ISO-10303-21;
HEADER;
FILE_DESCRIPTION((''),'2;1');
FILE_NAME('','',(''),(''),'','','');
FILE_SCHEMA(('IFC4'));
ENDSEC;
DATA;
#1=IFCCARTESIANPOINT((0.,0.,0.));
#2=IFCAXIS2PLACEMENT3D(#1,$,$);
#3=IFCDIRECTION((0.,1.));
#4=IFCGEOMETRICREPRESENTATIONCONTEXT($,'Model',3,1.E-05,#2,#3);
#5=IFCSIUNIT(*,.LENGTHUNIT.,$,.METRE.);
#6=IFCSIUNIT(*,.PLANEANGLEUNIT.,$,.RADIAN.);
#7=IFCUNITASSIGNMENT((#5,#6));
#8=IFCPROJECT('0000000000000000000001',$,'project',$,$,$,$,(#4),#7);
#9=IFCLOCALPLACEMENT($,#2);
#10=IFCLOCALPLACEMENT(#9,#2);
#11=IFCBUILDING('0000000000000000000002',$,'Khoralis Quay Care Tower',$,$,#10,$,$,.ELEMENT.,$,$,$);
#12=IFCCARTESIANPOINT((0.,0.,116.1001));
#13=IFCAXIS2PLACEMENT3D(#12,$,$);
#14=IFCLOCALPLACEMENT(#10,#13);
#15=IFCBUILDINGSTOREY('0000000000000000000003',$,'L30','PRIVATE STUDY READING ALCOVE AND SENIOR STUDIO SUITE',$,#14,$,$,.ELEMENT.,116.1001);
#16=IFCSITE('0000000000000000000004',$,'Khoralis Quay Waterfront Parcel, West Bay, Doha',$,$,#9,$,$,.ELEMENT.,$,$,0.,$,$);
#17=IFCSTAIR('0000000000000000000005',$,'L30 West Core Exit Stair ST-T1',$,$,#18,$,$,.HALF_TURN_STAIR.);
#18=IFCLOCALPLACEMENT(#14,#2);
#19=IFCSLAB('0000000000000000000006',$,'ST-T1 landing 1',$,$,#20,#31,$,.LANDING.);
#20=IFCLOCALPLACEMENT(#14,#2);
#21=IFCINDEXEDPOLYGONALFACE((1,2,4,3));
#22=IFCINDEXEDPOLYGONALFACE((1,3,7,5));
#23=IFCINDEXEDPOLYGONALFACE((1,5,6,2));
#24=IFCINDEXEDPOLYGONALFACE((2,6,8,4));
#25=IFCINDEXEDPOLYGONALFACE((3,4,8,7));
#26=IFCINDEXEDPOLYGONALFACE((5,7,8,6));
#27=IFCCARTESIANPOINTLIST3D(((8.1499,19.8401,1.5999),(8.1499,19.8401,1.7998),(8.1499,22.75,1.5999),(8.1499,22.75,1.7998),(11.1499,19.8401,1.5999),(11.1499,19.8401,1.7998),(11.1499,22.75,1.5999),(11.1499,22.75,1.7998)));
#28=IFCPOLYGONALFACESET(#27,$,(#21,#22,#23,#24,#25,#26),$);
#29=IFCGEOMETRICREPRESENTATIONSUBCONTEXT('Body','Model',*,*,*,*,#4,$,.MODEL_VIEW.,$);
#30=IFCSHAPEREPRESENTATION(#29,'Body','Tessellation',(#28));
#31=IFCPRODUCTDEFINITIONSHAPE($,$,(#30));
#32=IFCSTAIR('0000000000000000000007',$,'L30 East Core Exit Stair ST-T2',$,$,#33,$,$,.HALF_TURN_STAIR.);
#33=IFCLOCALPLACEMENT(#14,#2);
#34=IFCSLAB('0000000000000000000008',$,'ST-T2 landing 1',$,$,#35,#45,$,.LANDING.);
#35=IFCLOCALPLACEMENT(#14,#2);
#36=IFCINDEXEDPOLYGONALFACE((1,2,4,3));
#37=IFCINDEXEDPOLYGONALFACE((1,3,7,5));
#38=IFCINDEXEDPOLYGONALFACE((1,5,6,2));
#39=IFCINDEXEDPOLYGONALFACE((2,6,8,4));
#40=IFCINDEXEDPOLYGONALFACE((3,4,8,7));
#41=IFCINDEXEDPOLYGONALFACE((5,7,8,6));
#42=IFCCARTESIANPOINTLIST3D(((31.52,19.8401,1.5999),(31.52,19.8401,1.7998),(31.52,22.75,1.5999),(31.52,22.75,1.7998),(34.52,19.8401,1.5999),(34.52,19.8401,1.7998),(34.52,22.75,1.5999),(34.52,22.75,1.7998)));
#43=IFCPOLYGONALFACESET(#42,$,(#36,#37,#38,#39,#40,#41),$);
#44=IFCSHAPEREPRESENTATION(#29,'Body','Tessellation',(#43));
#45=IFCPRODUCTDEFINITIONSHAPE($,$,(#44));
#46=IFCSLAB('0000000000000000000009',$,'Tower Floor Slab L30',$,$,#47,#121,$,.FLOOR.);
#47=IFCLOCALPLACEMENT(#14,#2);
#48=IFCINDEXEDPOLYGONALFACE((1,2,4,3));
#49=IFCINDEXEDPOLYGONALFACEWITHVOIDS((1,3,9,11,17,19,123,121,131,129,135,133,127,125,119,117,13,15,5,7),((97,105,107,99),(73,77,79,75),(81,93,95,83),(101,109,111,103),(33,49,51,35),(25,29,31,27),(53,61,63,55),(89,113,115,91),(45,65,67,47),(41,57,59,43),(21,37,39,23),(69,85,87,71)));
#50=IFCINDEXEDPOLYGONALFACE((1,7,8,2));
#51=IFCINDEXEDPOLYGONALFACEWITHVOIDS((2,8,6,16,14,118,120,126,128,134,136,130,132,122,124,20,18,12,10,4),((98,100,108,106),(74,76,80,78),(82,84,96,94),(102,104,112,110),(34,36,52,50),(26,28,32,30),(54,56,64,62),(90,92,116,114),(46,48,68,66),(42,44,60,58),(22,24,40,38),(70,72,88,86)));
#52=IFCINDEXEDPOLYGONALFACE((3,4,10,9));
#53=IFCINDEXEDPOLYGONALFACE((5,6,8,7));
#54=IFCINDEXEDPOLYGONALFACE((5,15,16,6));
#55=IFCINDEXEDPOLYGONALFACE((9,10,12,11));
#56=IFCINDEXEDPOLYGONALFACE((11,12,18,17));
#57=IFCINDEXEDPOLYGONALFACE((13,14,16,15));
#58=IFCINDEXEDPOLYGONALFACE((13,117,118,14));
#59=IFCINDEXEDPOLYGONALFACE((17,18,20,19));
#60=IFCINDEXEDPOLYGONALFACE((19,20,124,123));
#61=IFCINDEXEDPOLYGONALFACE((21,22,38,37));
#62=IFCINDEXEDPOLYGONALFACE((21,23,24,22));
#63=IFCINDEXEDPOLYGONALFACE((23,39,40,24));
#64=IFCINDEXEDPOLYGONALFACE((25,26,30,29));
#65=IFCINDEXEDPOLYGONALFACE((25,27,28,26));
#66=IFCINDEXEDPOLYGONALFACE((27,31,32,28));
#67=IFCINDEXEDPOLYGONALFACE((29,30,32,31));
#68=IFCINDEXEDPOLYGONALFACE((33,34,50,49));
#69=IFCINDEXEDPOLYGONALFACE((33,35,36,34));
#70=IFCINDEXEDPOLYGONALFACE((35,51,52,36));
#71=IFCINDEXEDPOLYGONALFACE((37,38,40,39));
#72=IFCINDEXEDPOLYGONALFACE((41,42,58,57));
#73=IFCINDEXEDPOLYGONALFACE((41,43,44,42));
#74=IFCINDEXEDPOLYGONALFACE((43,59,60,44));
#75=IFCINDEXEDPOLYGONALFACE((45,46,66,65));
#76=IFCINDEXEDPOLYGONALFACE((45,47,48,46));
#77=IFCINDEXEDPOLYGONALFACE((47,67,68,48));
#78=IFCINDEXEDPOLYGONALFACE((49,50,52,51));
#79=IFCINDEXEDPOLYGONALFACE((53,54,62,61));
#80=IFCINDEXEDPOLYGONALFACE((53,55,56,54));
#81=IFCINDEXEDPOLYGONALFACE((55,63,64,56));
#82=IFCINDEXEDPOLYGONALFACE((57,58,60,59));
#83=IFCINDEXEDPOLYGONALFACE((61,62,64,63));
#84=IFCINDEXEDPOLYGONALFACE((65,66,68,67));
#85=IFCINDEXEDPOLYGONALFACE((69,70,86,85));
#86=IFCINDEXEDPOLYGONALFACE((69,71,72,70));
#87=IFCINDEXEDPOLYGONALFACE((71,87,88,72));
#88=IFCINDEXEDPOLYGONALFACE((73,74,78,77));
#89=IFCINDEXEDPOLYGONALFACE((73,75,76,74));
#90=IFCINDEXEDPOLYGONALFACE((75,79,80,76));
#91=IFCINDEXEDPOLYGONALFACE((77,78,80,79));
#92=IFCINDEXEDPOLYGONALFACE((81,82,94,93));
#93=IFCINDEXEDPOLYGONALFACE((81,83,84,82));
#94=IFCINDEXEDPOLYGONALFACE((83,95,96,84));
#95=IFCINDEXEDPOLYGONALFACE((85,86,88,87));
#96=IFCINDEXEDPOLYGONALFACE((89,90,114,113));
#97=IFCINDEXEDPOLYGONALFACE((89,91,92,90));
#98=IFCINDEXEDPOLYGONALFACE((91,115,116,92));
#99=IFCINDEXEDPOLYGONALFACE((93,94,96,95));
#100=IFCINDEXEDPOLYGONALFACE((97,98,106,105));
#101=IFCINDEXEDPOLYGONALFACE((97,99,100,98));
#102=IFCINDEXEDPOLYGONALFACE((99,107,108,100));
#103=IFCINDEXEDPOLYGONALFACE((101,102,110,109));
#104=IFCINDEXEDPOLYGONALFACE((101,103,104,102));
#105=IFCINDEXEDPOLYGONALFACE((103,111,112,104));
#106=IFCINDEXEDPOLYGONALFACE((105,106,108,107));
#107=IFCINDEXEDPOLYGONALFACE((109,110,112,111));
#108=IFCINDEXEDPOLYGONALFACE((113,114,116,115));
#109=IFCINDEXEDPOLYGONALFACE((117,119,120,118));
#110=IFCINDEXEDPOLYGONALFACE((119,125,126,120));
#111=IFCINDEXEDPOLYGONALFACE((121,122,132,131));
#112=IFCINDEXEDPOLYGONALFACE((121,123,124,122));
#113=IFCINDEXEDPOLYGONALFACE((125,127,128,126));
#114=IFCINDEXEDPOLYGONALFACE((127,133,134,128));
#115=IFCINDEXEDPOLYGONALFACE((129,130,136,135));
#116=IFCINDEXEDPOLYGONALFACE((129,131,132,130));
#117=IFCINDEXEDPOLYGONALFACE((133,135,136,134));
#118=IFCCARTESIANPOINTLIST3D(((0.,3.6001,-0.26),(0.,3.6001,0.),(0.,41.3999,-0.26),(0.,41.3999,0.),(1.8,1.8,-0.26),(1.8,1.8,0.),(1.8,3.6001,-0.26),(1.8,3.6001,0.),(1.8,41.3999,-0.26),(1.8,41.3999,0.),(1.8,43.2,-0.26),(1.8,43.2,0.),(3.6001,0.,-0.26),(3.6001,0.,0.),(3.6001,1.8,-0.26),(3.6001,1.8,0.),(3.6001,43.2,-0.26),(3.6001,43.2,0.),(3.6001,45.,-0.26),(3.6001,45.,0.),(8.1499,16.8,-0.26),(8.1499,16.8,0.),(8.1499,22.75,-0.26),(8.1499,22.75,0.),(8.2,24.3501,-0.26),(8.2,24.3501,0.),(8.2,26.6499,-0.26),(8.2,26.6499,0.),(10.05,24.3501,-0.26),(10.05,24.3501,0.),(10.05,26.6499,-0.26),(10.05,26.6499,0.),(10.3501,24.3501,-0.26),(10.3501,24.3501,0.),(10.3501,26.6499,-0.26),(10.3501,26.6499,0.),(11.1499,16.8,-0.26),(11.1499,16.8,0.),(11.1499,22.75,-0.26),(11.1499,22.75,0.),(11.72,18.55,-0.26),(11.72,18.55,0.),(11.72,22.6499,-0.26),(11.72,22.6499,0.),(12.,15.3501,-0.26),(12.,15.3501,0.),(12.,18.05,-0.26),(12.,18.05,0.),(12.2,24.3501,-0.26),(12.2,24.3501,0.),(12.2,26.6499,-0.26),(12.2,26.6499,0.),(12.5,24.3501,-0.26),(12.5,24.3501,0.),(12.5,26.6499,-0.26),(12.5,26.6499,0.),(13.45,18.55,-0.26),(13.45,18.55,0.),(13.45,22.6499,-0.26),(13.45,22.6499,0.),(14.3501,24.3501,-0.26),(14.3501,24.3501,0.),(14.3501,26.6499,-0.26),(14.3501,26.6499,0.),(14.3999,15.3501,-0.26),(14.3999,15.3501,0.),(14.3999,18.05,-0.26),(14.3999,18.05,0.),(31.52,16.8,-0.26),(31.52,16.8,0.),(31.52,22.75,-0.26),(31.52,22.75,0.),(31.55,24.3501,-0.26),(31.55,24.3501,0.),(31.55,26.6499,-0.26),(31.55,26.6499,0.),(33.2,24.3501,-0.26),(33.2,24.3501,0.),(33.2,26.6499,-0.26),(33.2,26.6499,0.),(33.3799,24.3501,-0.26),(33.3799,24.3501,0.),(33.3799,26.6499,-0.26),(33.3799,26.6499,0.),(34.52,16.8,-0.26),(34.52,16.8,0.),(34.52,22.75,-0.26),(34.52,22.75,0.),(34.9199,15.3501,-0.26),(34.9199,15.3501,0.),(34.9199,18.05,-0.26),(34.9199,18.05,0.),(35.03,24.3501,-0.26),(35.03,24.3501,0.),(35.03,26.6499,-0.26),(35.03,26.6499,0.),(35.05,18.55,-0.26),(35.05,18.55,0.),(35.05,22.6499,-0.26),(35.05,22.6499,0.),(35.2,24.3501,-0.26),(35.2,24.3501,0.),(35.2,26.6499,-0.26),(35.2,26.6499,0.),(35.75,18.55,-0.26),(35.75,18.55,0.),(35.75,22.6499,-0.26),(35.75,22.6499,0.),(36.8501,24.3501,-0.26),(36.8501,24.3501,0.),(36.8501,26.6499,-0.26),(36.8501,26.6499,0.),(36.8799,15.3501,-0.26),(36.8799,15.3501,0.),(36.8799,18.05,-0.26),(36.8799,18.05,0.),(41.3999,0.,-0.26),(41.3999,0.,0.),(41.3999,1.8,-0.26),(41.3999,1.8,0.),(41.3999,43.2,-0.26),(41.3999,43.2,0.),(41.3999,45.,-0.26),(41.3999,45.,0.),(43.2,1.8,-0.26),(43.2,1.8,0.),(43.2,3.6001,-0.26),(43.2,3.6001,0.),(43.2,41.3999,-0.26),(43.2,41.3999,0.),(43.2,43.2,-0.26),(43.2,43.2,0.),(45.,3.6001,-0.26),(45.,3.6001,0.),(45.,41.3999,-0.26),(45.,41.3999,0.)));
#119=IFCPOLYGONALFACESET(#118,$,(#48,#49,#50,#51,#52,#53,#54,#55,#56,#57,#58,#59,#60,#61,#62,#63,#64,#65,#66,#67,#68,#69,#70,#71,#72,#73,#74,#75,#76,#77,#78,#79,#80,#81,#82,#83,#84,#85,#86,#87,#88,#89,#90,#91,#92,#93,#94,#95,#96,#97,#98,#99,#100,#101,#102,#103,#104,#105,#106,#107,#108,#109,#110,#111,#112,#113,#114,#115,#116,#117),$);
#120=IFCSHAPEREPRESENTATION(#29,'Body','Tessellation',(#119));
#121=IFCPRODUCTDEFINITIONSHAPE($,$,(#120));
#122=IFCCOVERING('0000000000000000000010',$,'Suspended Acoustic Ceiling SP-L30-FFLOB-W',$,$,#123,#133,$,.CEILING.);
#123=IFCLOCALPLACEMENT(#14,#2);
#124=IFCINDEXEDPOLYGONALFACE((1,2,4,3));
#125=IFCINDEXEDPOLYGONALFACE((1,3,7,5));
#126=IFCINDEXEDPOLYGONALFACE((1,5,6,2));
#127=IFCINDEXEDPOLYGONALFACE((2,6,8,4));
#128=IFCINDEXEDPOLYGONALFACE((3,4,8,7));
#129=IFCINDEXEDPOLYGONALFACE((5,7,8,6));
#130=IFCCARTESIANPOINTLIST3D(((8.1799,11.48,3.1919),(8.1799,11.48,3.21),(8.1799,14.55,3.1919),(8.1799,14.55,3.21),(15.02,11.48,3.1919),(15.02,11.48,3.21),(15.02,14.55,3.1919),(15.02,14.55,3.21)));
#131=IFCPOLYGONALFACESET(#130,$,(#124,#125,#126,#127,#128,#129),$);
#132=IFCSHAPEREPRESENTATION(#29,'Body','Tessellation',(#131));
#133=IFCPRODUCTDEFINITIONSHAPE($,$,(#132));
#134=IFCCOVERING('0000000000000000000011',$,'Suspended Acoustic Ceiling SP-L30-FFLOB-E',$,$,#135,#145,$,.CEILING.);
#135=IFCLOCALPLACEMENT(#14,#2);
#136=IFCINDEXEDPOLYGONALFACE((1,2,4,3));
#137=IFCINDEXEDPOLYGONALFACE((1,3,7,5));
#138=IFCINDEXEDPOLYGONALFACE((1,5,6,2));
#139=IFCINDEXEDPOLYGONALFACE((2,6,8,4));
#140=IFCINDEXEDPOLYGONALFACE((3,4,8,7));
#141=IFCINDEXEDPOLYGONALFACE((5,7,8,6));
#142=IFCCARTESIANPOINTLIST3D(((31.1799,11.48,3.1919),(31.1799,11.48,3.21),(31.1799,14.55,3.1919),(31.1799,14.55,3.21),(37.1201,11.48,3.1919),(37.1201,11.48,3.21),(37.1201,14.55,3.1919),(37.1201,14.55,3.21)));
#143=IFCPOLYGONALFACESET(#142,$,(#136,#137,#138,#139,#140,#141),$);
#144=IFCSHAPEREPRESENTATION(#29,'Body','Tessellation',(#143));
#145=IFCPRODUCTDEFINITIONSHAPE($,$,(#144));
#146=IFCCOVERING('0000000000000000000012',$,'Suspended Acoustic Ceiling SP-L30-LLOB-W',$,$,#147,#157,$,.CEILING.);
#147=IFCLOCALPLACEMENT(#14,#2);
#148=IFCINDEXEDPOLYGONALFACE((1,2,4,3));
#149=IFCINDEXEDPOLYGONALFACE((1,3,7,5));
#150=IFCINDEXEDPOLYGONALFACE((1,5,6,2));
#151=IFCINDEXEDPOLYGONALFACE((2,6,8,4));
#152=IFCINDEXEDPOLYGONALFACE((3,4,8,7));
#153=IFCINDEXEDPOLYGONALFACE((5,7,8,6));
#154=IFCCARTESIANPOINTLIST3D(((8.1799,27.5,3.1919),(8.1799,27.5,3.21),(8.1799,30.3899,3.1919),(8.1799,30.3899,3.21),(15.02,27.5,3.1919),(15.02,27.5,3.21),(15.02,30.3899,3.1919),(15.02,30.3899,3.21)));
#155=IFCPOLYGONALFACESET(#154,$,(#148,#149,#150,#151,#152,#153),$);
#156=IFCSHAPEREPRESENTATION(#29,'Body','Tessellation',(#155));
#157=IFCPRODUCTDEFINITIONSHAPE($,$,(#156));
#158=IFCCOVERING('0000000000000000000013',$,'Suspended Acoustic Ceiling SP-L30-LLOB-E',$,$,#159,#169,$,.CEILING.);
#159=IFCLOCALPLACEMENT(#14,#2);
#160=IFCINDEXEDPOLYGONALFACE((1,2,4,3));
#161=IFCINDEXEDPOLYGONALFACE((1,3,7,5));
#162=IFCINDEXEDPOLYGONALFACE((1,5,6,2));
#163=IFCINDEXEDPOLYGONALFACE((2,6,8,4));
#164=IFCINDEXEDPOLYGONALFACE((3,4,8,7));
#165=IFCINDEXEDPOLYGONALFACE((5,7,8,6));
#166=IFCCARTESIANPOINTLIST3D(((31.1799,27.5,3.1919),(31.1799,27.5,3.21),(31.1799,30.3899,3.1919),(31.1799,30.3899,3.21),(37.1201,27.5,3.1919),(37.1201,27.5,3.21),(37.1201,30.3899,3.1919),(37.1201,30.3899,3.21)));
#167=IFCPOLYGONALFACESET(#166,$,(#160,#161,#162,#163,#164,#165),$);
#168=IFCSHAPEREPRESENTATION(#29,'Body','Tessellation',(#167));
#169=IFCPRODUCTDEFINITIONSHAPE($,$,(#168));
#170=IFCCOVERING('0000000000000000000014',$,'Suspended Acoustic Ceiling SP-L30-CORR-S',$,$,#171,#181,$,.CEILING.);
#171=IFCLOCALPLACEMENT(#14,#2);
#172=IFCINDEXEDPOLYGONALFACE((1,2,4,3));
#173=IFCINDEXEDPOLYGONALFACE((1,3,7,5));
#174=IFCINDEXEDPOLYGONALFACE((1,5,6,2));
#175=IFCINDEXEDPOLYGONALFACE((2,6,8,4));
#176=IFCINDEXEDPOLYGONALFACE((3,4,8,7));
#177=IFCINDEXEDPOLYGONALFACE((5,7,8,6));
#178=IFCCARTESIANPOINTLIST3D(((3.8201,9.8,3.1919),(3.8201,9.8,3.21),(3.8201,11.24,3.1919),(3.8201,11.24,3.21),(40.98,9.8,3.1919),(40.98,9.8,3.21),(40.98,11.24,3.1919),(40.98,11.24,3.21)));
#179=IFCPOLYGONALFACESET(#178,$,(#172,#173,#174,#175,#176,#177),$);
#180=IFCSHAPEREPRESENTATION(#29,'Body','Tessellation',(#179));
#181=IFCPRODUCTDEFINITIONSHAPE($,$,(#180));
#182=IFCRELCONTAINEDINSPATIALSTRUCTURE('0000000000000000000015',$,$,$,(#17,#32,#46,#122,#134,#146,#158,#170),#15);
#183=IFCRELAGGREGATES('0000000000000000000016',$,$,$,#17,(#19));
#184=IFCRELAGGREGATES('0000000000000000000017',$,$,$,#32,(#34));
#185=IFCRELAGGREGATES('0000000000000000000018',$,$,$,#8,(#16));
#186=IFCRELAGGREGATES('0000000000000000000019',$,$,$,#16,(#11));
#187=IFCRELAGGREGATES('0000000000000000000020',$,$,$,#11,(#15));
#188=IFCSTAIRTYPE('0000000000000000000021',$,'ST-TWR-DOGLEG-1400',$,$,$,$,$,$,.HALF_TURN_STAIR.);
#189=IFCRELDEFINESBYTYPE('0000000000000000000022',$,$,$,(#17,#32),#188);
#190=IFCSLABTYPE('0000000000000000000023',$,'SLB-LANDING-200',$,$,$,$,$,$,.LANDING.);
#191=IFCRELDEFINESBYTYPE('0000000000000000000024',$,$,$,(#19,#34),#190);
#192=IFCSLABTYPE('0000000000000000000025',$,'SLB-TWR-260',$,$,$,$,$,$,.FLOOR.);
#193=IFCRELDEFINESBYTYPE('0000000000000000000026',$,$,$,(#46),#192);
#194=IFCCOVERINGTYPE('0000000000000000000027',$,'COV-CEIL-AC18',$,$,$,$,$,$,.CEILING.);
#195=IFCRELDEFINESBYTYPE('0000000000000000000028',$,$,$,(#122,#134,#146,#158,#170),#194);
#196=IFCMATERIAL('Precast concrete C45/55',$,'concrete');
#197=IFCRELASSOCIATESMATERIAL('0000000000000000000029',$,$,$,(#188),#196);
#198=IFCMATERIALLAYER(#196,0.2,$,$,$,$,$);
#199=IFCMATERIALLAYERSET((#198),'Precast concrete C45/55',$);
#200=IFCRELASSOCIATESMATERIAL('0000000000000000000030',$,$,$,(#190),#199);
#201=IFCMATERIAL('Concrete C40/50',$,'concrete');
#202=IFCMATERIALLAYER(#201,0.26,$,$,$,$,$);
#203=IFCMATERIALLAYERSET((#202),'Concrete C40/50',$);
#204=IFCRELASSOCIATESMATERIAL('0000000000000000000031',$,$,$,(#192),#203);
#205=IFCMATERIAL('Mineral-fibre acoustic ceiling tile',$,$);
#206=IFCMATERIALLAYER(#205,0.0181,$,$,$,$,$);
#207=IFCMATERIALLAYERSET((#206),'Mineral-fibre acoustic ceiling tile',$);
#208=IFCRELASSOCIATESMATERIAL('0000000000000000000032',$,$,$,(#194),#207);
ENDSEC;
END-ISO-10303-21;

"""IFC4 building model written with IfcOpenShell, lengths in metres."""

from ifc_helpers import new_model, si_unit, direction, frame, origin, place, context, subcontext, project, spatial, polyline, outline, extrude, material, layer, layer_set, type_object, element, aggregate, save


model = new_model("IFC4")

# Units and contexts
model_context = context("Model", 3, precision=1e-05, world=origin(), true_north=direction((0.0, 1.0)))
body_context = subcontext(model_context, "Body", "Model", "MODEL_VIEW")
ifc_project = project(units=[si_unit("LENGTHUNIT", "METRE"), si_unit("PLANEANGLEUNIT", "RADIAN")], contexts=[model_context])

# Site, building, storey
site_placement = place(None, origin())
site = spatial("IfcSite", under=ifc_project, at=site_placement, Name="Khoralis Quay Waterfront Parcel, West Bay, Doha", CompositionType="ELEMENT", RefElevation=0.0)
building_placement = place(site_placement, origin())
building = spatial("IfcBuilding", under=site, at=building_placement, Name="Khoralis Quay Care Tower", CompositionType="ELEMENT")
storey_placement = place(building_placement, frame((0.0, 0.0, 116.1001)))
storey = spatial("IfcBuildingStorey", under=building, at=storey_placement, Name="L30", Description="PRIVATE STUDY READING ALCOVE AND SENIOR STUDIO SUITE", CompositionType="ELEMENT", Elevation=116.1001)

# Stairs, slabs
ifc_material_1 = material(Name="Precast concrete C45/55", Category="concrete")
stair_type = type_object("IfcStairType", Name="ST-TWR-DOGLEG-1400", PredefinedType="HALF_TURN_STAIR", material=ifc_material_1)
stair_1_placement = place(storey_placement, origin())
stair_1 = element("IfcStair", 1, at=stair_1_placement, inside=storey, type_object=stair_type, Name="L30 West Core Exit Stair ST-T1", PredefinedType="HALF_TURN_STAIR")
ifc_layer_1 = layer(ifc_material_1, 0.2)
ifc_layer_set_1 = layer_set([ifc_layer_1], Name="Precast concrete C45/55")
slab_type_1 = type_object("IfcSlabType", Name="SLB-LANDING-200", PredefinedType="LANDING", material=ifc_layer_set_1)
slab_1_placement = place(storey_placement, frame((0.0, 0.0, 1.5999)))
slab_1 = element("IfcSlab", 2, at=slab_1_placement, type_object=slab_type_1, Name="ST-T1 landing 1", PredefinedType="LANDING", context=body_context, shape_type="SweptSolid", body=[
    extrude(outline(polyline([(11.1499, 19.8401), (11.1499, 22.75), (8.1499, 22.75), (8.1499, 19.8401), (11.1499, 19.8401)])), origin(), (0.0, 0.0, 1.0), 0.2),
])
aggregate(stair_1, [slab_1])
stair_2_placement = place(storey_placement, origin())
stair_2 = element("IfcStair", 3, at=stair_2_placement, inside=storey, type_object=stair_type, Name="L30 East Core Exit Stair ST-T2", PredefinedType="HALF_TURN_STAIR")
slab_2_placement = place(storey_placement, frame((0.0, 0.0, 1.5999)))
slab_2 = element("IfcSlab", 4, at=slab_2_placement, type_object=slab_type_1, Name="ST-T2 landing 1", PredefinedType="LANDING", context=body_context, shape_type="SweptSolid", body=[
    extrude(outline(polyline([(34.52, 19.8401), (34.52, 22.75), (31.52, 22.75), (31.52, 19.8401), (34.52, 19.8401)])), origin(), (0.0, 0.0, 1.0), 0.2),
])
aggregate(stair_2, [slab_2])

# Slab
ifc_material_2 = material(Name="Concrete C40/50", Category="concrete")
ifc_layer_2 = layer(ifc_material_2, 0.26)
ifc_layer_set_2 = layer_set([ifc_layer_2], Name="Concrete C40/50")
slab_type_2 = type_object("IfcSlabType", Name="SLB-TWR-260", PredefinedType="FLOOR", material=ifc_layer_set_2)
slab_3_placement = place(storey_placement, frame((0.0, 0.0, -0.26)))
element("IfcSlab", 5, at=slab_3_placement, inside=storey, type_object=slab_type_2, Name="Tower Floor Slab L30", PredefinedType="FLOOR", context=body_context, shape_type="SweptSolid", body=[
    extrude(outline(polyline([(3.6001, 0.0), (41.3999, 0.0), (41.3999, 1.8), (43.2, 1.8), (43.2, 3.6001), (45.0, 3.6001), (45.0, 41.3999), (43.2, 41.3999), (43.2, 43.2), (41.3999, 43.2), (41.3999, 45.0), (3.6001, 45.0), (3.6001, 43.2), (1.8, 43.2), (1.8, 41.3999), (0.0, 41.3999), (0.0, 3.6001), (1.8, 3.6001), (1.8, 1.8), (3.6001, 1.8), (3.6001, 0.0)]), holes=[polyline([(11.1499, 16.8), (11.1499, 22.75), (8.1499, 22.75), (8.1499, 16.8), (11.1499, 16.8)]), polyline([(34.52, 16.8), (34.52, 22.75), (31.52, 22.75), (31.52, 16.8), (34.52, 16.8)]), polyline([(12.0, 15.3501), (14.3999, 15.3501), (14.3999, 18.05), (12.0, 18.05), (12.0, 15.3501)]), polyline([(34.9199, 15.3501), (36.8799, 15.3501), (36.8799, 18.05), (34.9199, 18.05), (34.9199, 15.3501)]), polyline([(8.2, 24.3501), (10.05, 24.3501), (10.05, 26.6499), (8.2, 26.6499), (8.2, 24.3501)]), polyline([(31.55, 24.3501), (33.2, 24.3501), (33.2, 26.6499), (31.55, 26.6499), (31.55, 24.3501)]), polyline([(10.3501, 24.3501), (12.2, 24.3501), (12.2, 26.6499), (10.3501, 26.6499), (10.3501, 24.3501)]), polyline([(33.3799, 24.3501), (35.03, 24.3501), (35.03, 26.6499), (33.3799, 26.6499), (33.3799, 24.3501)]), polyline([(12.5, 24.3501), (14.3501, 24.3501), (14.3501, 26.6499), (12.5, 26.6499), (12.5, 24.3501)]), polyline([(35.2, 24.3501), (36.8501, 24.3501), (36.8501, 26.6499), (35.2, 26.6499), (35.2, 24.3501)]), polyline([(11.72, 18.55), (13.45, 18.55), (13.45, 22.6499), (11.72, 22.6499), (11.72, 18.55)]), polyline([(35.05, 18.55), (35.75, 18.55), (35.75, 22.6499), (35.05, 22.6499), (35.05, 18.55)])]), origin(), (0.0, 0.0, 1.0), 0.26),
])

# Coverings
ifc_material_3 = material(Name="Mineral-fibre acoustic ceiling tile")
ifc_layer_3 = layer(ifc_material_3, 0.0181)
ifc_layer_set_3 = layer_set([ifc_layer_3], Name="Mineral-fibre acoustic ceiling tile")
covering_type_1 = type_object("IfcCoveringType", Name="COV-CEIL-AC18", PredefinedType="CEILING", material=ifc_layer_set_3)
covering_1_placement = place(storey_placement, frame((0.0, 0.0, 3.1919)))
element("IfcCovering", 6, at=covering_1_placement, inside=storey, type_object=covering_type_1, Name="Suspended Acoustic Ceiling SP-L30-FFLOB-W", PredefinedType="CEILING", context=body_context, shape_type="SweptSolid", body=[
    extrude(outline(polyline([(8.1799, 11.48), (15.02, 11.48), (15.02, 14.55), (8.1799, 14.55), (8.1799, 11.48)])), origin(), (0.0, 0.0, 1.0), 0.0181),
])
covering_2_placement = place(storey_placement, frame((0.0, 0.0, 3.1919)))
element("IfcCovering", 7, at=covering_2_placement, inside=storey, type_object=covering_type_1, Name="Suspended Acoustic Ceiling SP-L30-FFLOB-E", PredefinedType="CEILING", context=body_context, shape_type="SweptSolid", body=[
    extrude(outline(polyline([(31.1799, 11.48), (37.1201, 11.48), (37.1201, 14.55), (31.1799, 14.55), (31.1799, 11.48)])), origin(), (0.0, 0.0, 1.0), 0.0181),
])
covering_3_placement = place(storey_placement, frame((0.0, 0.0, 3.1919)))
element("IfcCovering", 8, at=covering_3_placement, inside=storey, type_object=covering_type_1, Name="Suspended Acoustic Ceiling SP-L30-LLOB-W", PredefinedType="CEILING", context=body_context, shape_type="SweptSolid", body=[
    extrude(outline(polyline([(8.1799, 27.5), (15.02, 27.5), (15.02, 30.3899), (8.1799, 30.3899), (8.1799, 27.5)])), origin(), (0.0, 0.0, 1.0), 0.0181),
])
covering_4_placement = place(storey_placement, frame((0.0, 0.0, 3.1919)))
element("IfcCovering", 9, at=covering_4_placement, inside=storey, type_object=covering_type_1, Name="Suspended Acoustic Ceiling SP-L30-LLOB-E", PredefinedType="CEILING", context=body_context, shape_type="SweptSolid", body=[
    extrude(outline(polyline([(31.1799, 27.5), (37.1201, 27.5), (37.1201, 30.3899), (31.1799, 30.3899), (31.1799, 27.5)])), origin(), (0.0, 0.0, 1.0), 0.0181),
])
covering_5_placement = place(storey_placement, frame((0.0, 0.0, 3.1919)))
element("IfcCovering", 10, at=covering_5_placement, inside=storey, type_object=covering_type_1, Name="Suspended Acoustic Ceiling SP-L30-CORR-S", PredefinedType="CEILING", context=body_context, shape_type="SweptSolid", body=[
    extrude(outline(polyline([(3.8201, 9.8), (40.98, 9.8), (40.98, 11.24), (3.8201, 11.24), (3.8201, 9.8)])), origin(), (0.0, 0.0, 1.0), 0.0181),
])

save(model, "model.ifc")
